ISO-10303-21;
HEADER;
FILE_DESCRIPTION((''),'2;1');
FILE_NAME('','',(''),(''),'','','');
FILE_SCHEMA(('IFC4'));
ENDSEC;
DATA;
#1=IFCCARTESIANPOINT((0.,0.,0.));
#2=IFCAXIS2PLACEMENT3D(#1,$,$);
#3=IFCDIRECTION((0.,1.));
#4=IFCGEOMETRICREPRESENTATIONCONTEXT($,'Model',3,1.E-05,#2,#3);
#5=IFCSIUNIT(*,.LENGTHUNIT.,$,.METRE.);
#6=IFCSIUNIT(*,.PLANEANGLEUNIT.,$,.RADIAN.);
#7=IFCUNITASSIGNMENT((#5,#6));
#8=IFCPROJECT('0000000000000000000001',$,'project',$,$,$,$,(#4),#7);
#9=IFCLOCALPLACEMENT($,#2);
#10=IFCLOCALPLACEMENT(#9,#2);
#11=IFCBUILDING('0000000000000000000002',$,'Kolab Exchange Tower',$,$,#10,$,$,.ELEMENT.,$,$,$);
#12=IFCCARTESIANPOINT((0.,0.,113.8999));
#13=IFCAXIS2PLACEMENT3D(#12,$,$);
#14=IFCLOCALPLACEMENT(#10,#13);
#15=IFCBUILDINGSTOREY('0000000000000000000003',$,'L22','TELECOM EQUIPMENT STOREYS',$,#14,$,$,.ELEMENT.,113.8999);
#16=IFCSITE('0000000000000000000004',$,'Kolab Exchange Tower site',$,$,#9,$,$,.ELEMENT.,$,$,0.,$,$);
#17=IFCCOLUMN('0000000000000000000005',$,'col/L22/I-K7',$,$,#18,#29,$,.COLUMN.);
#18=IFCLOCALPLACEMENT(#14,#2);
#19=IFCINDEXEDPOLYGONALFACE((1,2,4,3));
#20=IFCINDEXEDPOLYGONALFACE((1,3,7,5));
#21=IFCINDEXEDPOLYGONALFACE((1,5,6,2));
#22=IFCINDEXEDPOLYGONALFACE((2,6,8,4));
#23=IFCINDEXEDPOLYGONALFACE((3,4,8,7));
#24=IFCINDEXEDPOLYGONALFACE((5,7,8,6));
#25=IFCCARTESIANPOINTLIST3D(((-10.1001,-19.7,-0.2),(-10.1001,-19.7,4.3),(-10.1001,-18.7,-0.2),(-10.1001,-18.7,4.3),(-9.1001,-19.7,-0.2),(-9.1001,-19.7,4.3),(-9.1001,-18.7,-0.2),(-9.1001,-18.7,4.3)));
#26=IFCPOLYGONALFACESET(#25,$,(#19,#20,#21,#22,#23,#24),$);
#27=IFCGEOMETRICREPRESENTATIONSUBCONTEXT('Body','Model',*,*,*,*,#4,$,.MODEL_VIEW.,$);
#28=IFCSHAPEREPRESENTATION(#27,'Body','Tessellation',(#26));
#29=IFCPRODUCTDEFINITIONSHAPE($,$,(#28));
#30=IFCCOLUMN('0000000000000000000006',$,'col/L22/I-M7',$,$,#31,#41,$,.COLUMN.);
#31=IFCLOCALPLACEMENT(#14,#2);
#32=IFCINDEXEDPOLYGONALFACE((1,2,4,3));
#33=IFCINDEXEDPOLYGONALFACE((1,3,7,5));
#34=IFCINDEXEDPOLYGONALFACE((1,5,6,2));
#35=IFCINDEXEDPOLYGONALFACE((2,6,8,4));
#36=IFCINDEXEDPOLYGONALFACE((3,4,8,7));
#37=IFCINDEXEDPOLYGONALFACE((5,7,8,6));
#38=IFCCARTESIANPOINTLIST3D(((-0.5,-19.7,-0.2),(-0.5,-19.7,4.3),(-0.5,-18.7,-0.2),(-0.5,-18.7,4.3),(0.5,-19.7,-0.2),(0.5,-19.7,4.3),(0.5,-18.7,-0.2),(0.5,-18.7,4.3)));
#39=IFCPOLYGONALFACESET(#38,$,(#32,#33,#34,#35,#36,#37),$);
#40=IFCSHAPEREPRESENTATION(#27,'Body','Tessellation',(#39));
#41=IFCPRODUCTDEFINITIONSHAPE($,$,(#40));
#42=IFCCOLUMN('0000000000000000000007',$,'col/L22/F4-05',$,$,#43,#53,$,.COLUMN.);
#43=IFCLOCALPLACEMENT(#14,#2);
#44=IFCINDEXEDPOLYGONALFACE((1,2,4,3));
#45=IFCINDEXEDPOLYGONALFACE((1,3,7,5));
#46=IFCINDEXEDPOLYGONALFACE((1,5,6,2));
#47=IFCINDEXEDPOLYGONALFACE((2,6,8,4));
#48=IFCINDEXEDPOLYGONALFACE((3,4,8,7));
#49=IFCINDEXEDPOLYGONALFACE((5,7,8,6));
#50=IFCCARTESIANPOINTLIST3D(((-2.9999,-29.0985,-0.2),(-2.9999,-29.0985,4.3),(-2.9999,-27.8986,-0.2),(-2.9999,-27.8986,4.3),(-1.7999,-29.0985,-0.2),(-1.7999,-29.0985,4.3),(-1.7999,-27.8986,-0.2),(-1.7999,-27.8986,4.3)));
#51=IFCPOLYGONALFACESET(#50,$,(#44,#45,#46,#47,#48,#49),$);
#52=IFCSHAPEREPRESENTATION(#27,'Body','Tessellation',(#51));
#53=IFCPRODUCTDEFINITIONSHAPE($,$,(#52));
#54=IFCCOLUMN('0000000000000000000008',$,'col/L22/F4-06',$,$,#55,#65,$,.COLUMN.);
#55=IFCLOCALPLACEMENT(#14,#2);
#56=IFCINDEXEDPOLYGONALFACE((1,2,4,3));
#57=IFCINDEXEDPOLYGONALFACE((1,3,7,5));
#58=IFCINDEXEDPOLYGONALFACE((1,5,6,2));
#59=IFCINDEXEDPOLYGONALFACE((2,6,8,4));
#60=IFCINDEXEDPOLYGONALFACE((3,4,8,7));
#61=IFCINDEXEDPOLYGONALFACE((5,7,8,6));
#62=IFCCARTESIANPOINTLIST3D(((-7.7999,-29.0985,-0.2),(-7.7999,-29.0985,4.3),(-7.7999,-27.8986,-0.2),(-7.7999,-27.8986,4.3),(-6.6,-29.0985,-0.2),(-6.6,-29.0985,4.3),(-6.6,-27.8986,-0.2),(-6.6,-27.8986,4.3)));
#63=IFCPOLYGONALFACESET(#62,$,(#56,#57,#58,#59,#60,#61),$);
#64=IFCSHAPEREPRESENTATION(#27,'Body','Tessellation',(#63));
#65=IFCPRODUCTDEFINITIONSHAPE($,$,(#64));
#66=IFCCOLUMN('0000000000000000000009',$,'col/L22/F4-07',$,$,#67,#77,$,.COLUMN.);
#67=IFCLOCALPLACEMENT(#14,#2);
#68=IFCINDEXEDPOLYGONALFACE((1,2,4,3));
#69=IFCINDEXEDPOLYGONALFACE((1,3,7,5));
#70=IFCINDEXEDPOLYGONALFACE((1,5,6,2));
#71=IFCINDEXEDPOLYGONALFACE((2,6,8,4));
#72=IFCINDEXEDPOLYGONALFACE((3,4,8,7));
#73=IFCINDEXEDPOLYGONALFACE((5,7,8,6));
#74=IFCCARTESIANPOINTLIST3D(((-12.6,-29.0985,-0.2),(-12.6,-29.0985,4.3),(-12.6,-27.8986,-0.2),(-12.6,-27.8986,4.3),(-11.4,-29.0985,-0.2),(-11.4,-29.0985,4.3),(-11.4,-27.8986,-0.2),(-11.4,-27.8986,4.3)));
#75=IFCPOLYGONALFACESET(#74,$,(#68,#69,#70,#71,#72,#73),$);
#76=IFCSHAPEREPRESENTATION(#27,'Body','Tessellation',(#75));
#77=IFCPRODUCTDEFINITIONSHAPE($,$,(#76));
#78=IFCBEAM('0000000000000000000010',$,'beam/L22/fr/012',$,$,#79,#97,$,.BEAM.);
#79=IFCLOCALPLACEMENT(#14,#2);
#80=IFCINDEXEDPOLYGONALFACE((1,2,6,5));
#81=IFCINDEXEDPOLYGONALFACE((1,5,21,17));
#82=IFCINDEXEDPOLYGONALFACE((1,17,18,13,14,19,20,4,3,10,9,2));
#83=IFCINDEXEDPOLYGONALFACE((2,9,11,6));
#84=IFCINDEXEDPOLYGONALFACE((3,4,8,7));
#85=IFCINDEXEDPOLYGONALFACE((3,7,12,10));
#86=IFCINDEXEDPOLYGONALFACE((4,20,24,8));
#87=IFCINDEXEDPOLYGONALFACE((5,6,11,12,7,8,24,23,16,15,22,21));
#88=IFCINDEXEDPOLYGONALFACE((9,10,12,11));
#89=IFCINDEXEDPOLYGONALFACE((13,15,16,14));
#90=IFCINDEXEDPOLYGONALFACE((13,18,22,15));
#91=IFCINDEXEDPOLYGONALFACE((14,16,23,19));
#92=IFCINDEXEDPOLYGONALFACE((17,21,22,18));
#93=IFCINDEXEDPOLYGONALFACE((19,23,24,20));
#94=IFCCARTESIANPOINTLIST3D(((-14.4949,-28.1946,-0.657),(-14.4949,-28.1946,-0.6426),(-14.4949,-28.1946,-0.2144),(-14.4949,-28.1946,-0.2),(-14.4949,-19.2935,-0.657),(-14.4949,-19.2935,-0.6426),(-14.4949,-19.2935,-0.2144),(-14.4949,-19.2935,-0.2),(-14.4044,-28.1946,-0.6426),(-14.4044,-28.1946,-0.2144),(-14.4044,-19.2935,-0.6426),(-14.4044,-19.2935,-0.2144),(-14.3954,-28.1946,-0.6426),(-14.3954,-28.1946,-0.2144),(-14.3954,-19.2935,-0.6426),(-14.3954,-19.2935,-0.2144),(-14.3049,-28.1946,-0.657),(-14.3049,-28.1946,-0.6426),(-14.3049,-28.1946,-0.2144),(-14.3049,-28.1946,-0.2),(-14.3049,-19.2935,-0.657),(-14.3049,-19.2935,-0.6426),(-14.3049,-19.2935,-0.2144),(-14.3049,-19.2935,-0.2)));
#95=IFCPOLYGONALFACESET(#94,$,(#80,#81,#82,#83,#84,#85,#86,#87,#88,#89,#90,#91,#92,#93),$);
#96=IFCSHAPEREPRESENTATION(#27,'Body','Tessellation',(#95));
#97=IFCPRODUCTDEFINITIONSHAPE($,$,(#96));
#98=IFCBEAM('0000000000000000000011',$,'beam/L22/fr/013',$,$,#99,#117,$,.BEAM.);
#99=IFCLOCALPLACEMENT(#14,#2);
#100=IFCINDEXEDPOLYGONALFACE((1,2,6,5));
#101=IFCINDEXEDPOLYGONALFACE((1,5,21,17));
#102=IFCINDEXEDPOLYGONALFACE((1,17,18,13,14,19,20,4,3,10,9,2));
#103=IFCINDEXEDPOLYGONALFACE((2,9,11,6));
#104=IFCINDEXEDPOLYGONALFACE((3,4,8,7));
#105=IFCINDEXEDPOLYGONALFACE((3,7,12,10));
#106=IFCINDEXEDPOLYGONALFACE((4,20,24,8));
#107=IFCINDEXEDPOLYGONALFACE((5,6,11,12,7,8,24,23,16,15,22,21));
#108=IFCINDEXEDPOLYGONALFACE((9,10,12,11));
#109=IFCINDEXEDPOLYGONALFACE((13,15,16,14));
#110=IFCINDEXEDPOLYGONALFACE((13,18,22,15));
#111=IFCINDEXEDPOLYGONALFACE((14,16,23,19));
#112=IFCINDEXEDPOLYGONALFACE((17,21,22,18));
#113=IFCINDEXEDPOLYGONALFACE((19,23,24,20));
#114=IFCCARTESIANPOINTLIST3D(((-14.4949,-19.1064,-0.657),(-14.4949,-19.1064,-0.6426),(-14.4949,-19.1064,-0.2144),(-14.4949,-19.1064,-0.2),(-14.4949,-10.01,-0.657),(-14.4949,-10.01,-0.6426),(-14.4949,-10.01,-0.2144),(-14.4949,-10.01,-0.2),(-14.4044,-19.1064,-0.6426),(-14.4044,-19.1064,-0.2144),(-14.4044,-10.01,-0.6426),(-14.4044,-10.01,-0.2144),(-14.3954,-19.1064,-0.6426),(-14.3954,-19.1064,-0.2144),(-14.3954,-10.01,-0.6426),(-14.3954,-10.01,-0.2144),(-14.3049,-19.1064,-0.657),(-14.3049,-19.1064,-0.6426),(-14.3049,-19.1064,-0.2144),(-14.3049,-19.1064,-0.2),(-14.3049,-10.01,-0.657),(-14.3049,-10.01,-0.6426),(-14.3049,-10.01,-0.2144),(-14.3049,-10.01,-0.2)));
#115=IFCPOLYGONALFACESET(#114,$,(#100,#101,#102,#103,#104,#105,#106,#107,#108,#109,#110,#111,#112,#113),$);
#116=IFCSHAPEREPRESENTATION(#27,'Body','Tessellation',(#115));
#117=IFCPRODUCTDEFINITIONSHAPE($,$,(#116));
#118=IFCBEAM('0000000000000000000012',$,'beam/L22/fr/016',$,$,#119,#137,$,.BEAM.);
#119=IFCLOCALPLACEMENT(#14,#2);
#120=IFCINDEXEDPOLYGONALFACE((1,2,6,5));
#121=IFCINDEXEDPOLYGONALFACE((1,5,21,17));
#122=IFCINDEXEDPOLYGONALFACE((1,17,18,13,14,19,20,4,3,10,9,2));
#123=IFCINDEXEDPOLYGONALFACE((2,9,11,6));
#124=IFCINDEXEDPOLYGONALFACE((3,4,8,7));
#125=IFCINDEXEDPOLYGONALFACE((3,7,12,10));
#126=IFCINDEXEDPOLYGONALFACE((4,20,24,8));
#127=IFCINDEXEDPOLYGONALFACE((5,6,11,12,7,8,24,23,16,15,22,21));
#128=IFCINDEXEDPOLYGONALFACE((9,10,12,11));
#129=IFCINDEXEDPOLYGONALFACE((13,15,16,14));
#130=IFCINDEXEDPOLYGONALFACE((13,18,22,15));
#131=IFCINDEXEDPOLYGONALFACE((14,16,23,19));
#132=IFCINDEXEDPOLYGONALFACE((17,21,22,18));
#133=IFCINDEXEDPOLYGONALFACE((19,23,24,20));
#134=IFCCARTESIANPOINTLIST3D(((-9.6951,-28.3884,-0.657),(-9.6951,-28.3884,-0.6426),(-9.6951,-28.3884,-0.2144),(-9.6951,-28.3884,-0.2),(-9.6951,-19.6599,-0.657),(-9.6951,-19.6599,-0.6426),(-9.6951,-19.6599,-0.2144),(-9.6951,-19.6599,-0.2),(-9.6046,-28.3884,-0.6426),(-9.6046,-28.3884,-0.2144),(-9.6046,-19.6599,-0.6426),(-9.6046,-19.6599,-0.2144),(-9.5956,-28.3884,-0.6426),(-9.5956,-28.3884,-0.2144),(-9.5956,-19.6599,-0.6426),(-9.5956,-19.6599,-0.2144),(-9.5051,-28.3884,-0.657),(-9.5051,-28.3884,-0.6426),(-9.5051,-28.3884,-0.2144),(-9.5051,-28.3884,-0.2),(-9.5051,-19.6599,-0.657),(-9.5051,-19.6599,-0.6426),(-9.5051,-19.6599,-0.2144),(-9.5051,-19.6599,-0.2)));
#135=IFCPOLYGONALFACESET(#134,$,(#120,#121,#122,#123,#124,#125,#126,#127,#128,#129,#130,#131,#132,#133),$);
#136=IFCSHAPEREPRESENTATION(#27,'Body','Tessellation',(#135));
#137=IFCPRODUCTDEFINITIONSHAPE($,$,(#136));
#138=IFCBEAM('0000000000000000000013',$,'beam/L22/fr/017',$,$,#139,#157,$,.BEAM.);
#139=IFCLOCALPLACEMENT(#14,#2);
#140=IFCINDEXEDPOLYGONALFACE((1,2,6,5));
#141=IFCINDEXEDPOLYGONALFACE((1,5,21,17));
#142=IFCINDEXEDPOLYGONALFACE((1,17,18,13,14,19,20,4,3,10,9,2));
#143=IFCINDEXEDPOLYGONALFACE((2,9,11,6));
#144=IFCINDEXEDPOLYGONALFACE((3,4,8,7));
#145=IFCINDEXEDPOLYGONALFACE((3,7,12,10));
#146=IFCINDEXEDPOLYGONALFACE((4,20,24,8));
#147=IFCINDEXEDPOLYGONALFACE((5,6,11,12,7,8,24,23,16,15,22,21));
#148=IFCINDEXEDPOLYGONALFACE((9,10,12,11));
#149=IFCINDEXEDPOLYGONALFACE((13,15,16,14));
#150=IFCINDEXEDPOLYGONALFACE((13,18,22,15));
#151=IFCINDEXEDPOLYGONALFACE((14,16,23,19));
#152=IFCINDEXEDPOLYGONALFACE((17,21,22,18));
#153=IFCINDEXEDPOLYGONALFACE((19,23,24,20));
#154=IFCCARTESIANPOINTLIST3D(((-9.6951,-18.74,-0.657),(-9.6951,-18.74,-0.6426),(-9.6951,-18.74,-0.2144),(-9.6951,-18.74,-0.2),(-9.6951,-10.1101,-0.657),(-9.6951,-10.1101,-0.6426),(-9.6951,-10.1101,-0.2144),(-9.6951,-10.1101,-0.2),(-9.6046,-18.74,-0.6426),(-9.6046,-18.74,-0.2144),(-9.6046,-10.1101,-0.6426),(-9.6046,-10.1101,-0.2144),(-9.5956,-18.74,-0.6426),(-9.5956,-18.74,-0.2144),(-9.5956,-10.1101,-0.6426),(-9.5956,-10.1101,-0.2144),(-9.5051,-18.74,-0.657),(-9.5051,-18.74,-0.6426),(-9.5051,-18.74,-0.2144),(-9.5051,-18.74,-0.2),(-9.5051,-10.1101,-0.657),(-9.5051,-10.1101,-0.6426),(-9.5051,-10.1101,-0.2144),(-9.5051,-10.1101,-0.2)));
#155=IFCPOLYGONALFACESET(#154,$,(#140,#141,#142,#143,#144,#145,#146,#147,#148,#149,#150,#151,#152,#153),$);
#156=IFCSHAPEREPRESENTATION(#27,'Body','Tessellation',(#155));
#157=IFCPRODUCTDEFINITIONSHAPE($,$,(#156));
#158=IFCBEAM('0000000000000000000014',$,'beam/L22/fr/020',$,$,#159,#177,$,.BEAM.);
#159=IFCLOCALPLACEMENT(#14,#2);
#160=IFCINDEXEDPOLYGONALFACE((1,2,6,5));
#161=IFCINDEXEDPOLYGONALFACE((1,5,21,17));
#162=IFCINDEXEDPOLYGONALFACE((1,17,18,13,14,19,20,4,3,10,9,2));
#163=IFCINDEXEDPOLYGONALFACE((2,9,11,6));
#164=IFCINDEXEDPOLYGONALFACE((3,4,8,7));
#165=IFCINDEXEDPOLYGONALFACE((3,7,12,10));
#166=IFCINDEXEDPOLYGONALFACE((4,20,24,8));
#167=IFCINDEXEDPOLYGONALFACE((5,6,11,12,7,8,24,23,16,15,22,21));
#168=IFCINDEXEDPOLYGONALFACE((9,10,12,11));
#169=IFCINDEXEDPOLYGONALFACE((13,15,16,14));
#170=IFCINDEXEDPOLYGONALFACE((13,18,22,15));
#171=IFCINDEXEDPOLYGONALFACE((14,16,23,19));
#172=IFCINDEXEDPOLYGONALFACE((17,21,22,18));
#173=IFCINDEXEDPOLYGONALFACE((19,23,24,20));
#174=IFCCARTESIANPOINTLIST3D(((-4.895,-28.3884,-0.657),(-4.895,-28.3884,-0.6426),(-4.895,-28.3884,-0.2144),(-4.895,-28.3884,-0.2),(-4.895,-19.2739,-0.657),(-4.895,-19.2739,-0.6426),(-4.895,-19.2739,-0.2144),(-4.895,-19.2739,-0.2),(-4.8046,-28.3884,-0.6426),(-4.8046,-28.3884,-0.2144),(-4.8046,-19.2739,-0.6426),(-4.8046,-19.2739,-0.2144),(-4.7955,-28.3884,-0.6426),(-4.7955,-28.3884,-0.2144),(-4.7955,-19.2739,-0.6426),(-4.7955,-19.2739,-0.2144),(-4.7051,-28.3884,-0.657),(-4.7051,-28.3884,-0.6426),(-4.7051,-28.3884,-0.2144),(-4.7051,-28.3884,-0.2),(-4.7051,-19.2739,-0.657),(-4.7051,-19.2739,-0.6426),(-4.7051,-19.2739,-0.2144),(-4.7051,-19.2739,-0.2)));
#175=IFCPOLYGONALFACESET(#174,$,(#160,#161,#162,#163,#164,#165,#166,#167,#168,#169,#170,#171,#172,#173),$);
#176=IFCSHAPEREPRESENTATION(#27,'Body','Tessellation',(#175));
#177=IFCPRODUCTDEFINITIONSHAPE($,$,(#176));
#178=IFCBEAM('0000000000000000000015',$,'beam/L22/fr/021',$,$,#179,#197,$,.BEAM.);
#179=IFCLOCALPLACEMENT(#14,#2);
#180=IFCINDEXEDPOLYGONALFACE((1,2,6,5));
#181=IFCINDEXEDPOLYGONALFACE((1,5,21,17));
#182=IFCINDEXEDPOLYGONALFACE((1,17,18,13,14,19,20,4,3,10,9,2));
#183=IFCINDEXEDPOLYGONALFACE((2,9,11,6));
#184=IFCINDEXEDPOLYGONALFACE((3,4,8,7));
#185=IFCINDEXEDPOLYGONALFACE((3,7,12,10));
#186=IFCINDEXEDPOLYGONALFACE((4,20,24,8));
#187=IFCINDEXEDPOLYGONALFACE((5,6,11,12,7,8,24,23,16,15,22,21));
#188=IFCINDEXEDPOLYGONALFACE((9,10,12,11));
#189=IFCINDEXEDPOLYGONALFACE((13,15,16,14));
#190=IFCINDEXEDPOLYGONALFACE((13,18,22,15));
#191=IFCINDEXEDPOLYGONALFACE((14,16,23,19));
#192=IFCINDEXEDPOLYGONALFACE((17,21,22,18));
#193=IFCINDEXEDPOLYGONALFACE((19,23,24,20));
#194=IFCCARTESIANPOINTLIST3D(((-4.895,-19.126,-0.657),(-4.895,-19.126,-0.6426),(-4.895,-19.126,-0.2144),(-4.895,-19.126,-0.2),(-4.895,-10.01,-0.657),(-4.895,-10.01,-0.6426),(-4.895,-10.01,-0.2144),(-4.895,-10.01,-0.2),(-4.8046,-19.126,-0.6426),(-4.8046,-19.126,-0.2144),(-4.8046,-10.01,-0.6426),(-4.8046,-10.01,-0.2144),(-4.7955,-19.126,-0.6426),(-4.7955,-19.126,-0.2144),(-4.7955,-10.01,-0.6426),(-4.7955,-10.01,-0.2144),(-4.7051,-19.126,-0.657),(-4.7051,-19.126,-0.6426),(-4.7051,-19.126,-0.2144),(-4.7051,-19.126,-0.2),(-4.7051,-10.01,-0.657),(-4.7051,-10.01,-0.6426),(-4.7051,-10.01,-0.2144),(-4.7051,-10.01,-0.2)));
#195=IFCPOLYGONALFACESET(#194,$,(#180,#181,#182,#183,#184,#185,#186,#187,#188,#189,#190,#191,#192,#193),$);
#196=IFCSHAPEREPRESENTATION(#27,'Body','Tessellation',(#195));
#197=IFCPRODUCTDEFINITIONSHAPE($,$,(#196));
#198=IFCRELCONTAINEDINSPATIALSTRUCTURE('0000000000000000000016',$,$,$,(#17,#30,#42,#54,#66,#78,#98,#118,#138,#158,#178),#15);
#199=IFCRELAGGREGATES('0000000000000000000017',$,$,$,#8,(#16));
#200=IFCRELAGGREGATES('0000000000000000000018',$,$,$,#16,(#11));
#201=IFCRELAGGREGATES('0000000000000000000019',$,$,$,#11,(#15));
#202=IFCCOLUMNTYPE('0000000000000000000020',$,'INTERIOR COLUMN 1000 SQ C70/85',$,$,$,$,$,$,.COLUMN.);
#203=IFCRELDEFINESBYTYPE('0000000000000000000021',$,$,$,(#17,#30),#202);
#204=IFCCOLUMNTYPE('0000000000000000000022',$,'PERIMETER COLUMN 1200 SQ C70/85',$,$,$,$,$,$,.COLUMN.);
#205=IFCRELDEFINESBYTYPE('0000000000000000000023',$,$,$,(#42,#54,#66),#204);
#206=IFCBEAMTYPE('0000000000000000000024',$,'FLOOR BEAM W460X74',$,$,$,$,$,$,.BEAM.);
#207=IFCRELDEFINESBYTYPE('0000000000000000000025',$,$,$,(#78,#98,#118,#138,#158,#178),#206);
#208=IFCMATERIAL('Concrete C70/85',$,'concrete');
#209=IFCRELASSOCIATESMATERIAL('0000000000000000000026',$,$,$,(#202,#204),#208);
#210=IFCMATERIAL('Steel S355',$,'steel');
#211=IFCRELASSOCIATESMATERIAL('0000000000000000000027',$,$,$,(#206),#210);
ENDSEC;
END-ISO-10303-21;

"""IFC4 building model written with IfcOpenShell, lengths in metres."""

from ifc_helpers import new_model, si_unit, direction, frame, origin, origin_2d, place, context, subcontext, project, spatial, rectangle, i_section, extrude, material, material_profile, profile_set, type_object, element, save


model = new_model("IFC4")

# Units and contexts
model_context = context("Model", 3, precision=1e-05, world=origin(), true_north=direction((0.0, 1.0)))
body_context = subcontext(model_context, "Body", "Model", "MODEL_VIEW")
ifc_project = project(units=[si_unit("LENGTHUNIT", "METRE"), si_unit("PLANEANGLEUNIT", "RADIAN")], contexts=[model_context])

# Site, building, storey
site_placement = place(None, origin())
site = spatial("IfcSite", under=ifc_project, at=site_placement, Name="Kolab Exchange Tower site", CompositionType="ELEMENT", RefElevation=0.0)
building_placement = place(site_placement, origin())
building = spatial("IfcBuilding", under=site, at=building_placement, Name="Kolab Exchange Tower", CompositionType="ELEMENT")
storey_placement = place(building_placement, frame((0.0, 0.0, 113.8999)))
storey = spatial("IfcBuildingStorey", under=building, at=storey_placement, Name="L22", Description="TELECOM EQUIPMENT STOREYS", CompositionType="ELEMENT", Elevation=113.8999)

# Columns
ifc_material_1 = material(Name="Concrete C70/85", Category="concrete")
ifc_material_profile_1 = material_profile(ifc_material_1, rectangle(XDim=1.0, YDim=1.0, at=origin_2d()), Name="RC1000")
ifc_profile_set_1 = profile_set([ifc_material_profile_1], Name="Concrete C70/85")
column_type_1 = type_object("IfcColumnType", Name="INTERIOR COLUMN 1000 SQ C70/85", PredefinedType="COLUMN", material=ifc_profile_set_1)
for number, where, z_axis, x_axis, name in (
    (1, (-9.6001, -19.2, -0.2), (0.0, 0.0, 1.0), (1.0, 0.0, 0.0), "col/L22/I-K7"),
    (2, (0.0, -19.2, -0.2), (0.0, 0.0, 1.0), (1.0, 0.0, 0.0), "col/L22/I-M7"),
):
    element("IfcColumn", number, at=place(storey_placement, frame(where, z_axis=z_axis, x_axis=x_axis)), inside=storey, type_object=column_type_1, Name=name, PredefinedType="COLUMN", context=body_context, shape_type="SweptSolid", body=[
        extrude(rectangle(XDim=1.0, YDim=1.0, at=origin_2d()), origin(), (0.0, 0.0, 1.0), 4.5),
    ])
ifc_material_profile_2 = material_profile(ifc_material_1, rectangle(XDim=1.2, YDim=1.2, at=origin_2d()), Name="RC1200")
ifc_profile_set_2 = profile_set([ifc_material_profile_2], Name="Concrete C70/85")
column_type_2 = type_object("IfcColumnType", Name="PERIMETER COLUMN 1200 SQ C70/85", PredefinedType="COLUMN", material=ifc_profile_set_2)
for number, where, z_axis, x_axis, name in (
    (3, (-2.3999, -28.4985, -0.2), (0.0, 0.0, 1.0), (1.0, 0.0, 0.0), "col/L22/F4-05"),
    (4, (-7.2, -28.4985, -0.2), (0.0, 0.0, 1.0), (1.0, 0.0, 0.0), "col/L22/F4-06"),
    (5, (-12.0, -28.4985, -0.2), (0.0, 0.0, 1.0), (1.0, 0.0, 0.0), "col/L22/F4-07"),
):
    element("IfcColumn", number, at=place(storey_placement, frame(where, z_axis=z_axis, x_axis=x_axis)), inside=storey, type_object=column_type_2, Name=name, PredefinedType="COLUMN", context=body_context, shape_type="SweptSolid", body=[
        extrude(rectangle(XDim=1.2, YDim=1.2, at=origin_2d()), origin(), (0.0, 0.0, 1.0), 4.5),
    ])

# Beams
ifc_material_2 = material(Name="Steel S355", Category="steel")
ifc_material_profile_3 = material_profile(ifc_material_2, i_section(OverallWidth=0.1899, OverallDepth=0.457, WebThickness=0.009, FlangeThickness=0.0144, at=origin_2d()), Name="W460X74")
ifc_profile_set_3 = profile_set([ifc_material_profile_3], Name="Steel S355")
beam_type_1 = type_object("IfcBeamType", Name="FLOOR BEAM W460X74", PredefinedType="BEAM", material=ifc_profile_set_3)
beam_1_placement = place(storey_placement, frame((-14.3999, -28.1946, -0.4285), z_axis=(0.0, 1.0, 0.0), x_axis=(-1.0, 0.0, 0.0)))
element("IfcBeam", 6, at=beam_1_placement, inside=storey, type_object=beam_type_1, Name="beam/L22/fr/012", PredefinedType="BEAM", context=body_context, shape_type="SweptSolid", body=[
    extrude(i_section(OverallWidth=0.1899, OverallDepth=0.457, WebThickness=0.009, FlangeThickness=0.0144, at=origin_2d()), origin(), (0.0, 0.0, 1.0), 8.9011),
])
beam_2_placement = place(storey_placement, frame((-14.3999, -19.1064, -0.4285), z_axis=(0.0, 1.0, 0.0), x_axis=(-1.0, 0.0, 0.0)))
element("IfcBeam", 7, at=beam_2_placement, inside=storey, type_object=beam_type_1, Name="beam/L22/fr/013", PredefinedType="BEAM", context=body_context, shape_type="SweptSolid", body=[
    extrude(i_section(OverallWidth=0.1899, OverallDepth=0.457, WebThickness=0.009, FlangeThickness=0.0144, at=origin_2d()), origin(), (0.0, 0.0, 1.0), 9.0964),
])
beam_3_placement = place(storey_placement, frame((-9.6001, -28.3884, -0.4285), z_axis=(0.0, 1.0, 0.0), x_axis=(-1.0, 0.0, 0.0)))
element("IfcBeam", 8, at=beam_3_placement, inside=storey, type_object=beam_type_1, Name="beam/L22/fr/016", PredefinedType="BEAM", context=body_context, shape_type="SweptSolid", body=[
    extrude(i_section(OverallWidth=0.1899, OverallDepth=0.457, WebThickness=0.009, FlangeThickness=0.0144, at=origin_2d()), origin(), (0.0, 0.0, 1.0), 8.7285),
])
beam_4_placement = place(storey_placement, frame((-9.6001, -18.74, -0.4285), z_axis=(0.0, 1.0, 0.0), x_axis=(-1.0, 0.0, 0.0)))
element("IfcBeam", 9, at=beam_4_placement, inside=storey, type_object=beam_type_1, Name="beam/L22/fr/017", PredefinedType="BEAM", context=body_context, shape_type="SweptSolid", body=[
    extrude(i_section(OverallWidth=0.1899, OverallDepth=0.457, WebThickness=0.009, FlangeThickness=0.0144, at=origin_2d()), origin(), (0.0, 0.0, 1.0), 8.6299),
])
beam_5_placement = place(storey_placement, frame((-4.8, -28.3884, -0.4285), z_axis=(0.0, 1.0, 0.0), x_axis=(-1.0, 0.0, 0.0)))
element("IfcBeam", 10, at=beam_5_placement, inside=storey, type_object=beam_type_1, Name="beam/L22/fr/020", PredefinedType="BEAM", context=body_context, shape_type="SweptSolid", body=[
    extrude(i_section(OverallWidth=0.1899, OverallDepth=0.457, WebThickness=0.009, FlangeThickness=0.0144, at=origin_2d()), origin(), (0.0, 0.0, 1.0), 9.1145),
])
beam_6_placement = place(storey_placement, frame((-4.8, -19.126, -0.4285), z_axis=(0.0, 1.0, 0.0), x_axis=(-1.0, 0.0, 0.0)))
element("IfcBeam", 11, at=beam_6_placement, inside=storey, type_object=beam_type_1, Name="beam/L22/fr/021", PredefinedType="BEAM", context=body_context, shape_type="SweptSolid", body=[
    extrude(i_section(OverallWidth=0.1899, OverallDepth=0.457, WebThickness=0.009, FlangeThickness=0.0144, at=origin_2d()), origin(), (0.0, 0.0, 1.0), 9.116),
])

save(model, "model.ifc")
